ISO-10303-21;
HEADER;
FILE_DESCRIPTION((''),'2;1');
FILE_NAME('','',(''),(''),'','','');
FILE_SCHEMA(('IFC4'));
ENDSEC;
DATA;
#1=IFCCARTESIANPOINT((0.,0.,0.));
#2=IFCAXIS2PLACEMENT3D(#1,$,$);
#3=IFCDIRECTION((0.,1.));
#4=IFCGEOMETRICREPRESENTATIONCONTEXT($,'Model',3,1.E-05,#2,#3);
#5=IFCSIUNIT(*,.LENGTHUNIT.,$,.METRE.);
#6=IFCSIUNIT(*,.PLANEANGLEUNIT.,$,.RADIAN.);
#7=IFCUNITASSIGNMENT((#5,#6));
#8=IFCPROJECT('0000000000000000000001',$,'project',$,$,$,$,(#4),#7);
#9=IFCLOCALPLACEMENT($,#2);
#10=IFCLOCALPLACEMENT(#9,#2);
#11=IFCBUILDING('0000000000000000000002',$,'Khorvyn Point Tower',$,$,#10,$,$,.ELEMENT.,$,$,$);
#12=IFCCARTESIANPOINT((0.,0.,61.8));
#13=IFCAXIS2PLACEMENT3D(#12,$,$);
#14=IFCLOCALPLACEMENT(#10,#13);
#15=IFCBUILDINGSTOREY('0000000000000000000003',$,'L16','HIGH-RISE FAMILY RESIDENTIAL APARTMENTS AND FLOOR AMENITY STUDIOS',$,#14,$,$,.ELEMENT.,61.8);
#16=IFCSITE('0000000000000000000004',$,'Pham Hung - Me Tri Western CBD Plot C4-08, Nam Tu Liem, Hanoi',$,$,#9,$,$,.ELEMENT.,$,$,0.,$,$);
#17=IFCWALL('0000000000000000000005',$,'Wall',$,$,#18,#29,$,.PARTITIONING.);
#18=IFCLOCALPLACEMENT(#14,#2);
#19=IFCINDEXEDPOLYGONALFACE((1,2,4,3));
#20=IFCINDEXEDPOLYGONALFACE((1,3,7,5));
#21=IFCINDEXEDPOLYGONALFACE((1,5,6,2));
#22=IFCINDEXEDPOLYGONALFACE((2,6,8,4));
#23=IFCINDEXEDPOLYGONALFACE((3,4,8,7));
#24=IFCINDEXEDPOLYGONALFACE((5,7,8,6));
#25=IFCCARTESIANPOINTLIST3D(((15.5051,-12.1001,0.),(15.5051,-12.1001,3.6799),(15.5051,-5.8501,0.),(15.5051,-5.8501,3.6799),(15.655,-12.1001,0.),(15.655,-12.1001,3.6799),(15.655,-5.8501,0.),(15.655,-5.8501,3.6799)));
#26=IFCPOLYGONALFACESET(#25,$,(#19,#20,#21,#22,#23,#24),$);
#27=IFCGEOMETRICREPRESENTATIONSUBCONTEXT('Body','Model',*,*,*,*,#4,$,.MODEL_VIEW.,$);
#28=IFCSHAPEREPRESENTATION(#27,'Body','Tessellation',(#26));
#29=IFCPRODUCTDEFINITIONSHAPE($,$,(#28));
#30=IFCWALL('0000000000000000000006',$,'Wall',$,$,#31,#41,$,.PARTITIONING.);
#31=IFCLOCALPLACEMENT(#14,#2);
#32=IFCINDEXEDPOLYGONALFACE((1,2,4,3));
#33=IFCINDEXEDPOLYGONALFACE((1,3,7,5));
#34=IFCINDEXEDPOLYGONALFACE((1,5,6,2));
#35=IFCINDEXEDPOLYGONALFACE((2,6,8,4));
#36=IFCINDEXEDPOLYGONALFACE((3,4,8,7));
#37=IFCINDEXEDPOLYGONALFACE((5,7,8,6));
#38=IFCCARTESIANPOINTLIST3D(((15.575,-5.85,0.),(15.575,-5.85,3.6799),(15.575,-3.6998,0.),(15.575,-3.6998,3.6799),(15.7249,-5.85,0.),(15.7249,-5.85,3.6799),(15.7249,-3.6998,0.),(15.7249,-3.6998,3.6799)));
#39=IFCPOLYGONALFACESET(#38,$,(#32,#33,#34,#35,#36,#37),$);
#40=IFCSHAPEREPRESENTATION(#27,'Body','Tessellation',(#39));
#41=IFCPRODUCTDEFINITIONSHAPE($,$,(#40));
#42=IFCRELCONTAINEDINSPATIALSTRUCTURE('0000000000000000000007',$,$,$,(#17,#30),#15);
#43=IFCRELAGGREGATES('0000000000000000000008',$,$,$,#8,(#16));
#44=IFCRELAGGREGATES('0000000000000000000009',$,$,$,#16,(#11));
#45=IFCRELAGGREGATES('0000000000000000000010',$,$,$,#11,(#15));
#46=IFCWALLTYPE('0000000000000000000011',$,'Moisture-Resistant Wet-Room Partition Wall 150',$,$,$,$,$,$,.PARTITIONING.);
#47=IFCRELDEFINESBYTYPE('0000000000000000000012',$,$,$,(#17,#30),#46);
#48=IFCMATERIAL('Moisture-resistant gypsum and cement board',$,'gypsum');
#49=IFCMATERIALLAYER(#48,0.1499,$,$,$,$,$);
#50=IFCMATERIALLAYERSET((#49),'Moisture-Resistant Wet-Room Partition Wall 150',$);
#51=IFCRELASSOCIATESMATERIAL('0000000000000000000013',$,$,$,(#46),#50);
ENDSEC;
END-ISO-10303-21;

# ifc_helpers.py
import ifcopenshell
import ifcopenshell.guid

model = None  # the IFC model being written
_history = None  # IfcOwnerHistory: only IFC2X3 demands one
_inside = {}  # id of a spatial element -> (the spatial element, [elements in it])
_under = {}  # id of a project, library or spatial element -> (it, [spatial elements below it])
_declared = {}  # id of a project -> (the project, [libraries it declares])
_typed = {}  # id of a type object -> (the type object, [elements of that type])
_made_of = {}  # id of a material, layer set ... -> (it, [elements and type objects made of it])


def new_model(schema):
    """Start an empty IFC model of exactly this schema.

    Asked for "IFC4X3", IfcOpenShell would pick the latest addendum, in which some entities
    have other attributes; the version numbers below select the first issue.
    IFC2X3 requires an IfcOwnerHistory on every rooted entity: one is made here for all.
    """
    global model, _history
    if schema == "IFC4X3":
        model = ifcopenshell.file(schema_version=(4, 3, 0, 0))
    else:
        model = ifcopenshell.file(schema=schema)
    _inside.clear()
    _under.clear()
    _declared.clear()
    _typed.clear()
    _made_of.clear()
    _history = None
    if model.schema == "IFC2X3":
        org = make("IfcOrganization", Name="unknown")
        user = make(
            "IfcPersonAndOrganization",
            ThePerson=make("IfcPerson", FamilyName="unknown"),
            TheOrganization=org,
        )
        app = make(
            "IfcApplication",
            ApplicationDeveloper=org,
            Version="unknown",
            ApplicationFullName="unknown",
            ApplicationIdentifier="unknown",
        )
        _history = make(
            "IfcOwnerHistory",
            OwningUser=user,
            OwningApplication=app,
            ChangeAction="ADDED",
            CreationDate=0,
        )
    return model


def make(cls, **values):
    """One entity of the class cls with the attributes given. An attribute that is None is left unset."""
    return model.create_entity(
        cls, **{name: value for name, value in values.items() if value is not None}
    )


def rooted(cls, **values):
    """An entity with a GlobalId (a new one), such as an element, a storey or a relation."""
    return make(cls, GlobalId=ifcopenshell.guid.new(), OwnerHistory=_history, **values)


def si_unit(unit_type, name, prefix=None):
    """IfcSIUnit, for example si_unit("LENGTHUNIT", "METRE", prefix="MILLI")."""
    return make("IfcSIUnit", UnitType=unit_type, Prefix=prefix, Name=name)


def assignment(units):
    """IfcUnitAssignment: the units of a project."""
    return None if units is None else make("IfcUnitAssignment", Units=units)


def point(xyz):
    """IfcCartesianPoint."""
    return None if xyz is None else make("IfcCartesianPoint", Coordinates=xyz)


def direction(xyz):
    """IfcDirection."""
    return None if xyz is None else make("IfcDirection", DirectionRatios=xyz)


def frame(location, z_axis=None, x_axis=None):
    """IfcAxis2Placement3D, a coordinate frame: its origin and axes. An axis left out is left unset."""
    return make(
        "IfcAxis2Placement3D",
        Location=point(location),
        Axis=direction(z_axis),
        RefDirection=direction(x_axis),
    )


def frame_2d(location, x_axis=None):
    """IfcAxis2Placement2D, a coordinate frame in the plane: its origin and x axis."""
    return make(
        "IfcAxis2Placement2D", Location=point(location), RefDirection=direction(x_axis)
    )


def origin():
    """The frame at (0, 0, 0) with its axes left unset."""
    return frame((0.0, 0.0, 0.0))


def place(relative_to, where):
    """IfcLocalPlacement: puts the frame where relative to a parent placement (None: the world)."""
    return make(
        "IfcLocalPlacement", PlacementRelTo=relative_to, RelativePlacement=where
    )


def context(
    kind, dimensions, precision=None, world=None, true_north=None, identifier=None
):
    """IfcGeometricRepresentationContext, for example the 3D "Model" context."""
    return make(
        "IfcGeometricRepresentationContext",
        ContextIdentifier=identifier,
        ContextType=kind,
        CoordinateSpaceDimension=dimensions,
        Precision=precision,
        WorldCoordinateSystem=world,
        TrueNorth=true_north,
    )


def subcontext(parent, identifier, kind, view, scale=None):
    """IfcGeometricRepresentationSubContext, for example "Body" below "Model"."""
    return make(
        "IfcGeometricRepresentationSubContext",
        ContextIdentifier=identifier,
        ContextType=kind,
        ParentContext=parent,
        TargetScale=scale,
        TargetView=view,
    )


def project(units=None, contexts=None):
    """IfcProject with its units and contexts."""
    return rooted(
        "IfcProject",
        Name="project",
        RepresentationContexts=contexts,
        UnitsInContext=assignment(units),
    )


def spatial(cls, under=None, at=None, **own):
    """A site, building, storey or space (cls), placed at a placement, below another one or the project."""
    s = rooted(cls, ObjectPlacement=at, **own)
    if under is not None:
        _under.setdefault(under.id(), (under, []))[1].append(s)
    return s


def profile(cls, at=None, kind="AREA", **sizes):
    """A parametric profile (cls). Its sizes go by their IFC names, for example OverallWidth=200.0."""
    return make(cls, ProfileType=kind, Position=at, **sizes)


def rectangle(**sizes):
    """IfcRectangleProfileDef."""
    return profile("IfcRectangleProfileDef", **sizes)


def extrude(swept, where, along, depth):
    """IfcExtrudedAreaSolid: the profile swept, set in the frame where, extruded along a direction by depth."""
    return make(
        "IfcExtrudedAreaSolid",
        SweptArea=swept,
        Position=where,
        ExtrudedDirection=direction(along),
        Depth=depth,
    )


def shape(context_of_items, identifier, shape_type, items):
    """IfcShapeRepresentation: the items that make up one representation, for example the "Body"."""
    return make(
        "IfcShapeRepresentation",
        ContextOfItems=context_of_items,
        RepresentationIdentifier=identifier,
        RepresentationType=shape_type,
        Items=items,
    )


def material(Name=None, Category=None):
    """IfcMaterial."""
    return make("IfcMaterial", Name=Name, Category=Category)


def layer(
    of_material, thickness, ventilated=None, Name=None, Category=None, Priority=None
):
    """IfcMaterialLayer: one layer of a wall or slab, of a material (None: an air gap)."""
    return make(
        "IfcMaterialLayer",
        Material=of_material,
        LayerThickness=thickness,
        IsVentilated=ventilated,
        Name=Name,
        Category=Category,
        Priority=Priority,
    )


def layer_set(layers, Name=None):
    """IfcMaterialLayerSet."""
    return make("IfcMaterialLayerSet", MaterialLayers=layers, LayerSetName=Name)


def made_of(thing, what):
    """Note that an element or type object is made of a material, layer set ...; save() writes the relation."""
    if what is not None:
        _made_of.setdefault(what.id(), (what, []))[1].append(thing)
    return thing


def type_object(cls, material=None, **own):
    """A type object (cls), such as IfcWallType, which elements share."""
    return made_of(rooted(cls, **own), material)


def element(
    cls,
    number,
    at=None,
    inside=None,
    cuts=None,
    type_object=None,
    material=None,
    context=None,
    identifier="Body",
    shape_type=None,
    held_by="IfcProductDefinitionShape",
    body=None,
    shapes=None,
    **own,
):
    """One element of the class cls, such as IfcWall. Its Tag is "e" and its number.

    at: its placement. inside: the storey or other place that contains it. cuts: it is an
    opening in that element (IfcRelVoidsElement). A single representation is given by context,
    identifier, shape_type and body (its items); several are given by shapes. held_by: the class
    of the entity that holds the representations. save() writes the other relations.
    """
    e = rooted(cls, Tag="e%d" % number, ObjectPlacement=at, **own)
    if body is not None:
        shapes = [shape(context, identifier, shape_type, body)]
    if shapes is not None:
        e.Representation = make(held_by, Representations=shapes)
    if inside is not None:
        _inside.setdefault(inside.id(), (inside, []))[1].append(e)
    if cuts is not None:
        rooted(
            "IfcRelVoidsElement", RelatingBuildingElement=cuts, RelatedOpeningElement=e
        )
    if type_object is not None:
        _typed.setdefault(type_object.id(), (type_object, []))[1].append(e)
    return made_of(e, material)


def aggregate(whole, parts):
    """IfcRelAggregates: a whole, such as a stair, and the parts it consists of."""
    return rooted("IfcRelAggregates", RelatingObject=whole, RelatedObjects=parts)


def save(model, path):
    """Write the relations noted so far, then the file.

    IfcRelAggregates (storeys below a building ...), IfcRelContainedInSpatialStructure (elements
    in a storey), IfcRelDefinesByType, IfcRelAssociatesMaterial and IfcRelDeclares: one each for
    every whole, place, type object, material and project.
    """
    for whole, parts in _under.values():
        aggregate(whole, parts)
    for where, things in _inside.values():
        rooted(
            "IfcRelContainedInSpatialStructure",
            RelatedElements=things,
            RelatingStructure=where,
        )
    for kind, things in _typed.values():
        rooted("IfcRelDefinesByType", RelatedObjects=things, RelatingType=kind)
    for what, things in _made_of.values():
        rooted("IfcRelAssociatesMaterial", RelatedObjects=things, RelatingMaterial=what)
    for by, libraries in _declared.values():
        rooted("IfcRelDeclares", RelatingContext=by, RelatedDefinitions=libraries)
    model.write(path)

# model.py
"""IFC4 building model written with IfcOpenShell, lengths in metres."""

from ifc_helpers import new_model, si_unit, direction, frame, frame_2d, origin, place, context, subcontext, project, spatial, rectangle, extrude, material, layer, layer_set, type_object, element, save


model = new_model("IFC4")

# Units and contexts
model_context = context("Model", 3, precision=1e-05, world=origin(), true_north=direction((0.0, 1.0)))
body_context = subcontext(model_context, "Body", "Model", "MODEL_VIEW")
ifc_project = project(units=[si_unit("LENGTHUNIT", "METRE"), si_unit("PLANEANGLEUNIT", "RADIAN")], contexts=[model_context])

# Site, building, storey
site_placement = place(None, origin())
site = spatial("IfcSite", under=ifc_project, at=site_placement, Name="Pham Hung - Me Tri Western CBD Plot C4-08, Nam Tu Liem, Hanoi", CompositionType="ELEMENT", RefElevation=0.0)
building_placement = place(site_placement, origin())
building = spatial("IfcBuilding", under=site, at=building_placement, Name="Khorvyn Point Tower", CompositionType="ELEMENT")
storey_placement = place(building_placement, frame((0.0, 0.0, 61.8)))
storey = spatial("IfcBuildingStorey", under=building, at=storey_placement, Name="L16", Description="HIGH-RISE FAMILY RESIDENTIAL APARTMENTS AND FLOOR AMENITY STUDIOS", CompositionType="ELEMENT", Elevation=61.8)

# Shared definitions
ifc_material_1 = material(Name="Moisture-resistant gypsum and cement board", Category="gypsum")
ifc_layer_1 = layer(ifc_material_1, 0.1499)
ifc_layer_set_1 = layer_set([ifc_layer_1], Name="Moisture-Resistant Wet-Room Partition Wall 150")
wall_type_1 = type_object("IfcWallType", Name="Moisture-Resistant Wet-Room Partition Wall 150", PredefinedType="PARTITIONING", material=ifc_layer_set_1)

# Walls
wall_1_placement = place(storey_placement, frame((15.5801, -12.1001, 0.0), z_axis=(0.0, 0.0, 1.0), x_axis=(0.0, 1.0, 0.0)))
element("IfcWall", 1, at=wall_1_placement, inside=storey, type_object=wall_type_1, Name="Wall", PredefinedType="PARTITIONING", context=body_context, shape_type="SweptSolid", body=[
    extrude(rectangle(XDim=6.25, YDim=0.1499, at=frame_2d((3.125, 0.0))), origin(), (0.0, 0.0, 1.0), 3.6799),
])
wall_2_placement = place(storey_placement, frame((15.6499, -5.8501, 0.0), z_axis=(0.0, 0.0, 1.0), x_axis=(0.0, 1.0, 0.0)))
element("IfcWall", 2, at=wall_2_placement, inside=storey, type_object=wall_type_1, Name="Wall", PredefinedType="PARTITIONING", context=body_context, shape_type="SweptSolid", body=[
    extrude(rectangle(XDim=2.1501, YDim=0.1499, at=frame_2d((1.0752, 0.0))), origin(), (0.0, 0.0, 1.0), 3.6799),
])

save(model, "model.ifc")
